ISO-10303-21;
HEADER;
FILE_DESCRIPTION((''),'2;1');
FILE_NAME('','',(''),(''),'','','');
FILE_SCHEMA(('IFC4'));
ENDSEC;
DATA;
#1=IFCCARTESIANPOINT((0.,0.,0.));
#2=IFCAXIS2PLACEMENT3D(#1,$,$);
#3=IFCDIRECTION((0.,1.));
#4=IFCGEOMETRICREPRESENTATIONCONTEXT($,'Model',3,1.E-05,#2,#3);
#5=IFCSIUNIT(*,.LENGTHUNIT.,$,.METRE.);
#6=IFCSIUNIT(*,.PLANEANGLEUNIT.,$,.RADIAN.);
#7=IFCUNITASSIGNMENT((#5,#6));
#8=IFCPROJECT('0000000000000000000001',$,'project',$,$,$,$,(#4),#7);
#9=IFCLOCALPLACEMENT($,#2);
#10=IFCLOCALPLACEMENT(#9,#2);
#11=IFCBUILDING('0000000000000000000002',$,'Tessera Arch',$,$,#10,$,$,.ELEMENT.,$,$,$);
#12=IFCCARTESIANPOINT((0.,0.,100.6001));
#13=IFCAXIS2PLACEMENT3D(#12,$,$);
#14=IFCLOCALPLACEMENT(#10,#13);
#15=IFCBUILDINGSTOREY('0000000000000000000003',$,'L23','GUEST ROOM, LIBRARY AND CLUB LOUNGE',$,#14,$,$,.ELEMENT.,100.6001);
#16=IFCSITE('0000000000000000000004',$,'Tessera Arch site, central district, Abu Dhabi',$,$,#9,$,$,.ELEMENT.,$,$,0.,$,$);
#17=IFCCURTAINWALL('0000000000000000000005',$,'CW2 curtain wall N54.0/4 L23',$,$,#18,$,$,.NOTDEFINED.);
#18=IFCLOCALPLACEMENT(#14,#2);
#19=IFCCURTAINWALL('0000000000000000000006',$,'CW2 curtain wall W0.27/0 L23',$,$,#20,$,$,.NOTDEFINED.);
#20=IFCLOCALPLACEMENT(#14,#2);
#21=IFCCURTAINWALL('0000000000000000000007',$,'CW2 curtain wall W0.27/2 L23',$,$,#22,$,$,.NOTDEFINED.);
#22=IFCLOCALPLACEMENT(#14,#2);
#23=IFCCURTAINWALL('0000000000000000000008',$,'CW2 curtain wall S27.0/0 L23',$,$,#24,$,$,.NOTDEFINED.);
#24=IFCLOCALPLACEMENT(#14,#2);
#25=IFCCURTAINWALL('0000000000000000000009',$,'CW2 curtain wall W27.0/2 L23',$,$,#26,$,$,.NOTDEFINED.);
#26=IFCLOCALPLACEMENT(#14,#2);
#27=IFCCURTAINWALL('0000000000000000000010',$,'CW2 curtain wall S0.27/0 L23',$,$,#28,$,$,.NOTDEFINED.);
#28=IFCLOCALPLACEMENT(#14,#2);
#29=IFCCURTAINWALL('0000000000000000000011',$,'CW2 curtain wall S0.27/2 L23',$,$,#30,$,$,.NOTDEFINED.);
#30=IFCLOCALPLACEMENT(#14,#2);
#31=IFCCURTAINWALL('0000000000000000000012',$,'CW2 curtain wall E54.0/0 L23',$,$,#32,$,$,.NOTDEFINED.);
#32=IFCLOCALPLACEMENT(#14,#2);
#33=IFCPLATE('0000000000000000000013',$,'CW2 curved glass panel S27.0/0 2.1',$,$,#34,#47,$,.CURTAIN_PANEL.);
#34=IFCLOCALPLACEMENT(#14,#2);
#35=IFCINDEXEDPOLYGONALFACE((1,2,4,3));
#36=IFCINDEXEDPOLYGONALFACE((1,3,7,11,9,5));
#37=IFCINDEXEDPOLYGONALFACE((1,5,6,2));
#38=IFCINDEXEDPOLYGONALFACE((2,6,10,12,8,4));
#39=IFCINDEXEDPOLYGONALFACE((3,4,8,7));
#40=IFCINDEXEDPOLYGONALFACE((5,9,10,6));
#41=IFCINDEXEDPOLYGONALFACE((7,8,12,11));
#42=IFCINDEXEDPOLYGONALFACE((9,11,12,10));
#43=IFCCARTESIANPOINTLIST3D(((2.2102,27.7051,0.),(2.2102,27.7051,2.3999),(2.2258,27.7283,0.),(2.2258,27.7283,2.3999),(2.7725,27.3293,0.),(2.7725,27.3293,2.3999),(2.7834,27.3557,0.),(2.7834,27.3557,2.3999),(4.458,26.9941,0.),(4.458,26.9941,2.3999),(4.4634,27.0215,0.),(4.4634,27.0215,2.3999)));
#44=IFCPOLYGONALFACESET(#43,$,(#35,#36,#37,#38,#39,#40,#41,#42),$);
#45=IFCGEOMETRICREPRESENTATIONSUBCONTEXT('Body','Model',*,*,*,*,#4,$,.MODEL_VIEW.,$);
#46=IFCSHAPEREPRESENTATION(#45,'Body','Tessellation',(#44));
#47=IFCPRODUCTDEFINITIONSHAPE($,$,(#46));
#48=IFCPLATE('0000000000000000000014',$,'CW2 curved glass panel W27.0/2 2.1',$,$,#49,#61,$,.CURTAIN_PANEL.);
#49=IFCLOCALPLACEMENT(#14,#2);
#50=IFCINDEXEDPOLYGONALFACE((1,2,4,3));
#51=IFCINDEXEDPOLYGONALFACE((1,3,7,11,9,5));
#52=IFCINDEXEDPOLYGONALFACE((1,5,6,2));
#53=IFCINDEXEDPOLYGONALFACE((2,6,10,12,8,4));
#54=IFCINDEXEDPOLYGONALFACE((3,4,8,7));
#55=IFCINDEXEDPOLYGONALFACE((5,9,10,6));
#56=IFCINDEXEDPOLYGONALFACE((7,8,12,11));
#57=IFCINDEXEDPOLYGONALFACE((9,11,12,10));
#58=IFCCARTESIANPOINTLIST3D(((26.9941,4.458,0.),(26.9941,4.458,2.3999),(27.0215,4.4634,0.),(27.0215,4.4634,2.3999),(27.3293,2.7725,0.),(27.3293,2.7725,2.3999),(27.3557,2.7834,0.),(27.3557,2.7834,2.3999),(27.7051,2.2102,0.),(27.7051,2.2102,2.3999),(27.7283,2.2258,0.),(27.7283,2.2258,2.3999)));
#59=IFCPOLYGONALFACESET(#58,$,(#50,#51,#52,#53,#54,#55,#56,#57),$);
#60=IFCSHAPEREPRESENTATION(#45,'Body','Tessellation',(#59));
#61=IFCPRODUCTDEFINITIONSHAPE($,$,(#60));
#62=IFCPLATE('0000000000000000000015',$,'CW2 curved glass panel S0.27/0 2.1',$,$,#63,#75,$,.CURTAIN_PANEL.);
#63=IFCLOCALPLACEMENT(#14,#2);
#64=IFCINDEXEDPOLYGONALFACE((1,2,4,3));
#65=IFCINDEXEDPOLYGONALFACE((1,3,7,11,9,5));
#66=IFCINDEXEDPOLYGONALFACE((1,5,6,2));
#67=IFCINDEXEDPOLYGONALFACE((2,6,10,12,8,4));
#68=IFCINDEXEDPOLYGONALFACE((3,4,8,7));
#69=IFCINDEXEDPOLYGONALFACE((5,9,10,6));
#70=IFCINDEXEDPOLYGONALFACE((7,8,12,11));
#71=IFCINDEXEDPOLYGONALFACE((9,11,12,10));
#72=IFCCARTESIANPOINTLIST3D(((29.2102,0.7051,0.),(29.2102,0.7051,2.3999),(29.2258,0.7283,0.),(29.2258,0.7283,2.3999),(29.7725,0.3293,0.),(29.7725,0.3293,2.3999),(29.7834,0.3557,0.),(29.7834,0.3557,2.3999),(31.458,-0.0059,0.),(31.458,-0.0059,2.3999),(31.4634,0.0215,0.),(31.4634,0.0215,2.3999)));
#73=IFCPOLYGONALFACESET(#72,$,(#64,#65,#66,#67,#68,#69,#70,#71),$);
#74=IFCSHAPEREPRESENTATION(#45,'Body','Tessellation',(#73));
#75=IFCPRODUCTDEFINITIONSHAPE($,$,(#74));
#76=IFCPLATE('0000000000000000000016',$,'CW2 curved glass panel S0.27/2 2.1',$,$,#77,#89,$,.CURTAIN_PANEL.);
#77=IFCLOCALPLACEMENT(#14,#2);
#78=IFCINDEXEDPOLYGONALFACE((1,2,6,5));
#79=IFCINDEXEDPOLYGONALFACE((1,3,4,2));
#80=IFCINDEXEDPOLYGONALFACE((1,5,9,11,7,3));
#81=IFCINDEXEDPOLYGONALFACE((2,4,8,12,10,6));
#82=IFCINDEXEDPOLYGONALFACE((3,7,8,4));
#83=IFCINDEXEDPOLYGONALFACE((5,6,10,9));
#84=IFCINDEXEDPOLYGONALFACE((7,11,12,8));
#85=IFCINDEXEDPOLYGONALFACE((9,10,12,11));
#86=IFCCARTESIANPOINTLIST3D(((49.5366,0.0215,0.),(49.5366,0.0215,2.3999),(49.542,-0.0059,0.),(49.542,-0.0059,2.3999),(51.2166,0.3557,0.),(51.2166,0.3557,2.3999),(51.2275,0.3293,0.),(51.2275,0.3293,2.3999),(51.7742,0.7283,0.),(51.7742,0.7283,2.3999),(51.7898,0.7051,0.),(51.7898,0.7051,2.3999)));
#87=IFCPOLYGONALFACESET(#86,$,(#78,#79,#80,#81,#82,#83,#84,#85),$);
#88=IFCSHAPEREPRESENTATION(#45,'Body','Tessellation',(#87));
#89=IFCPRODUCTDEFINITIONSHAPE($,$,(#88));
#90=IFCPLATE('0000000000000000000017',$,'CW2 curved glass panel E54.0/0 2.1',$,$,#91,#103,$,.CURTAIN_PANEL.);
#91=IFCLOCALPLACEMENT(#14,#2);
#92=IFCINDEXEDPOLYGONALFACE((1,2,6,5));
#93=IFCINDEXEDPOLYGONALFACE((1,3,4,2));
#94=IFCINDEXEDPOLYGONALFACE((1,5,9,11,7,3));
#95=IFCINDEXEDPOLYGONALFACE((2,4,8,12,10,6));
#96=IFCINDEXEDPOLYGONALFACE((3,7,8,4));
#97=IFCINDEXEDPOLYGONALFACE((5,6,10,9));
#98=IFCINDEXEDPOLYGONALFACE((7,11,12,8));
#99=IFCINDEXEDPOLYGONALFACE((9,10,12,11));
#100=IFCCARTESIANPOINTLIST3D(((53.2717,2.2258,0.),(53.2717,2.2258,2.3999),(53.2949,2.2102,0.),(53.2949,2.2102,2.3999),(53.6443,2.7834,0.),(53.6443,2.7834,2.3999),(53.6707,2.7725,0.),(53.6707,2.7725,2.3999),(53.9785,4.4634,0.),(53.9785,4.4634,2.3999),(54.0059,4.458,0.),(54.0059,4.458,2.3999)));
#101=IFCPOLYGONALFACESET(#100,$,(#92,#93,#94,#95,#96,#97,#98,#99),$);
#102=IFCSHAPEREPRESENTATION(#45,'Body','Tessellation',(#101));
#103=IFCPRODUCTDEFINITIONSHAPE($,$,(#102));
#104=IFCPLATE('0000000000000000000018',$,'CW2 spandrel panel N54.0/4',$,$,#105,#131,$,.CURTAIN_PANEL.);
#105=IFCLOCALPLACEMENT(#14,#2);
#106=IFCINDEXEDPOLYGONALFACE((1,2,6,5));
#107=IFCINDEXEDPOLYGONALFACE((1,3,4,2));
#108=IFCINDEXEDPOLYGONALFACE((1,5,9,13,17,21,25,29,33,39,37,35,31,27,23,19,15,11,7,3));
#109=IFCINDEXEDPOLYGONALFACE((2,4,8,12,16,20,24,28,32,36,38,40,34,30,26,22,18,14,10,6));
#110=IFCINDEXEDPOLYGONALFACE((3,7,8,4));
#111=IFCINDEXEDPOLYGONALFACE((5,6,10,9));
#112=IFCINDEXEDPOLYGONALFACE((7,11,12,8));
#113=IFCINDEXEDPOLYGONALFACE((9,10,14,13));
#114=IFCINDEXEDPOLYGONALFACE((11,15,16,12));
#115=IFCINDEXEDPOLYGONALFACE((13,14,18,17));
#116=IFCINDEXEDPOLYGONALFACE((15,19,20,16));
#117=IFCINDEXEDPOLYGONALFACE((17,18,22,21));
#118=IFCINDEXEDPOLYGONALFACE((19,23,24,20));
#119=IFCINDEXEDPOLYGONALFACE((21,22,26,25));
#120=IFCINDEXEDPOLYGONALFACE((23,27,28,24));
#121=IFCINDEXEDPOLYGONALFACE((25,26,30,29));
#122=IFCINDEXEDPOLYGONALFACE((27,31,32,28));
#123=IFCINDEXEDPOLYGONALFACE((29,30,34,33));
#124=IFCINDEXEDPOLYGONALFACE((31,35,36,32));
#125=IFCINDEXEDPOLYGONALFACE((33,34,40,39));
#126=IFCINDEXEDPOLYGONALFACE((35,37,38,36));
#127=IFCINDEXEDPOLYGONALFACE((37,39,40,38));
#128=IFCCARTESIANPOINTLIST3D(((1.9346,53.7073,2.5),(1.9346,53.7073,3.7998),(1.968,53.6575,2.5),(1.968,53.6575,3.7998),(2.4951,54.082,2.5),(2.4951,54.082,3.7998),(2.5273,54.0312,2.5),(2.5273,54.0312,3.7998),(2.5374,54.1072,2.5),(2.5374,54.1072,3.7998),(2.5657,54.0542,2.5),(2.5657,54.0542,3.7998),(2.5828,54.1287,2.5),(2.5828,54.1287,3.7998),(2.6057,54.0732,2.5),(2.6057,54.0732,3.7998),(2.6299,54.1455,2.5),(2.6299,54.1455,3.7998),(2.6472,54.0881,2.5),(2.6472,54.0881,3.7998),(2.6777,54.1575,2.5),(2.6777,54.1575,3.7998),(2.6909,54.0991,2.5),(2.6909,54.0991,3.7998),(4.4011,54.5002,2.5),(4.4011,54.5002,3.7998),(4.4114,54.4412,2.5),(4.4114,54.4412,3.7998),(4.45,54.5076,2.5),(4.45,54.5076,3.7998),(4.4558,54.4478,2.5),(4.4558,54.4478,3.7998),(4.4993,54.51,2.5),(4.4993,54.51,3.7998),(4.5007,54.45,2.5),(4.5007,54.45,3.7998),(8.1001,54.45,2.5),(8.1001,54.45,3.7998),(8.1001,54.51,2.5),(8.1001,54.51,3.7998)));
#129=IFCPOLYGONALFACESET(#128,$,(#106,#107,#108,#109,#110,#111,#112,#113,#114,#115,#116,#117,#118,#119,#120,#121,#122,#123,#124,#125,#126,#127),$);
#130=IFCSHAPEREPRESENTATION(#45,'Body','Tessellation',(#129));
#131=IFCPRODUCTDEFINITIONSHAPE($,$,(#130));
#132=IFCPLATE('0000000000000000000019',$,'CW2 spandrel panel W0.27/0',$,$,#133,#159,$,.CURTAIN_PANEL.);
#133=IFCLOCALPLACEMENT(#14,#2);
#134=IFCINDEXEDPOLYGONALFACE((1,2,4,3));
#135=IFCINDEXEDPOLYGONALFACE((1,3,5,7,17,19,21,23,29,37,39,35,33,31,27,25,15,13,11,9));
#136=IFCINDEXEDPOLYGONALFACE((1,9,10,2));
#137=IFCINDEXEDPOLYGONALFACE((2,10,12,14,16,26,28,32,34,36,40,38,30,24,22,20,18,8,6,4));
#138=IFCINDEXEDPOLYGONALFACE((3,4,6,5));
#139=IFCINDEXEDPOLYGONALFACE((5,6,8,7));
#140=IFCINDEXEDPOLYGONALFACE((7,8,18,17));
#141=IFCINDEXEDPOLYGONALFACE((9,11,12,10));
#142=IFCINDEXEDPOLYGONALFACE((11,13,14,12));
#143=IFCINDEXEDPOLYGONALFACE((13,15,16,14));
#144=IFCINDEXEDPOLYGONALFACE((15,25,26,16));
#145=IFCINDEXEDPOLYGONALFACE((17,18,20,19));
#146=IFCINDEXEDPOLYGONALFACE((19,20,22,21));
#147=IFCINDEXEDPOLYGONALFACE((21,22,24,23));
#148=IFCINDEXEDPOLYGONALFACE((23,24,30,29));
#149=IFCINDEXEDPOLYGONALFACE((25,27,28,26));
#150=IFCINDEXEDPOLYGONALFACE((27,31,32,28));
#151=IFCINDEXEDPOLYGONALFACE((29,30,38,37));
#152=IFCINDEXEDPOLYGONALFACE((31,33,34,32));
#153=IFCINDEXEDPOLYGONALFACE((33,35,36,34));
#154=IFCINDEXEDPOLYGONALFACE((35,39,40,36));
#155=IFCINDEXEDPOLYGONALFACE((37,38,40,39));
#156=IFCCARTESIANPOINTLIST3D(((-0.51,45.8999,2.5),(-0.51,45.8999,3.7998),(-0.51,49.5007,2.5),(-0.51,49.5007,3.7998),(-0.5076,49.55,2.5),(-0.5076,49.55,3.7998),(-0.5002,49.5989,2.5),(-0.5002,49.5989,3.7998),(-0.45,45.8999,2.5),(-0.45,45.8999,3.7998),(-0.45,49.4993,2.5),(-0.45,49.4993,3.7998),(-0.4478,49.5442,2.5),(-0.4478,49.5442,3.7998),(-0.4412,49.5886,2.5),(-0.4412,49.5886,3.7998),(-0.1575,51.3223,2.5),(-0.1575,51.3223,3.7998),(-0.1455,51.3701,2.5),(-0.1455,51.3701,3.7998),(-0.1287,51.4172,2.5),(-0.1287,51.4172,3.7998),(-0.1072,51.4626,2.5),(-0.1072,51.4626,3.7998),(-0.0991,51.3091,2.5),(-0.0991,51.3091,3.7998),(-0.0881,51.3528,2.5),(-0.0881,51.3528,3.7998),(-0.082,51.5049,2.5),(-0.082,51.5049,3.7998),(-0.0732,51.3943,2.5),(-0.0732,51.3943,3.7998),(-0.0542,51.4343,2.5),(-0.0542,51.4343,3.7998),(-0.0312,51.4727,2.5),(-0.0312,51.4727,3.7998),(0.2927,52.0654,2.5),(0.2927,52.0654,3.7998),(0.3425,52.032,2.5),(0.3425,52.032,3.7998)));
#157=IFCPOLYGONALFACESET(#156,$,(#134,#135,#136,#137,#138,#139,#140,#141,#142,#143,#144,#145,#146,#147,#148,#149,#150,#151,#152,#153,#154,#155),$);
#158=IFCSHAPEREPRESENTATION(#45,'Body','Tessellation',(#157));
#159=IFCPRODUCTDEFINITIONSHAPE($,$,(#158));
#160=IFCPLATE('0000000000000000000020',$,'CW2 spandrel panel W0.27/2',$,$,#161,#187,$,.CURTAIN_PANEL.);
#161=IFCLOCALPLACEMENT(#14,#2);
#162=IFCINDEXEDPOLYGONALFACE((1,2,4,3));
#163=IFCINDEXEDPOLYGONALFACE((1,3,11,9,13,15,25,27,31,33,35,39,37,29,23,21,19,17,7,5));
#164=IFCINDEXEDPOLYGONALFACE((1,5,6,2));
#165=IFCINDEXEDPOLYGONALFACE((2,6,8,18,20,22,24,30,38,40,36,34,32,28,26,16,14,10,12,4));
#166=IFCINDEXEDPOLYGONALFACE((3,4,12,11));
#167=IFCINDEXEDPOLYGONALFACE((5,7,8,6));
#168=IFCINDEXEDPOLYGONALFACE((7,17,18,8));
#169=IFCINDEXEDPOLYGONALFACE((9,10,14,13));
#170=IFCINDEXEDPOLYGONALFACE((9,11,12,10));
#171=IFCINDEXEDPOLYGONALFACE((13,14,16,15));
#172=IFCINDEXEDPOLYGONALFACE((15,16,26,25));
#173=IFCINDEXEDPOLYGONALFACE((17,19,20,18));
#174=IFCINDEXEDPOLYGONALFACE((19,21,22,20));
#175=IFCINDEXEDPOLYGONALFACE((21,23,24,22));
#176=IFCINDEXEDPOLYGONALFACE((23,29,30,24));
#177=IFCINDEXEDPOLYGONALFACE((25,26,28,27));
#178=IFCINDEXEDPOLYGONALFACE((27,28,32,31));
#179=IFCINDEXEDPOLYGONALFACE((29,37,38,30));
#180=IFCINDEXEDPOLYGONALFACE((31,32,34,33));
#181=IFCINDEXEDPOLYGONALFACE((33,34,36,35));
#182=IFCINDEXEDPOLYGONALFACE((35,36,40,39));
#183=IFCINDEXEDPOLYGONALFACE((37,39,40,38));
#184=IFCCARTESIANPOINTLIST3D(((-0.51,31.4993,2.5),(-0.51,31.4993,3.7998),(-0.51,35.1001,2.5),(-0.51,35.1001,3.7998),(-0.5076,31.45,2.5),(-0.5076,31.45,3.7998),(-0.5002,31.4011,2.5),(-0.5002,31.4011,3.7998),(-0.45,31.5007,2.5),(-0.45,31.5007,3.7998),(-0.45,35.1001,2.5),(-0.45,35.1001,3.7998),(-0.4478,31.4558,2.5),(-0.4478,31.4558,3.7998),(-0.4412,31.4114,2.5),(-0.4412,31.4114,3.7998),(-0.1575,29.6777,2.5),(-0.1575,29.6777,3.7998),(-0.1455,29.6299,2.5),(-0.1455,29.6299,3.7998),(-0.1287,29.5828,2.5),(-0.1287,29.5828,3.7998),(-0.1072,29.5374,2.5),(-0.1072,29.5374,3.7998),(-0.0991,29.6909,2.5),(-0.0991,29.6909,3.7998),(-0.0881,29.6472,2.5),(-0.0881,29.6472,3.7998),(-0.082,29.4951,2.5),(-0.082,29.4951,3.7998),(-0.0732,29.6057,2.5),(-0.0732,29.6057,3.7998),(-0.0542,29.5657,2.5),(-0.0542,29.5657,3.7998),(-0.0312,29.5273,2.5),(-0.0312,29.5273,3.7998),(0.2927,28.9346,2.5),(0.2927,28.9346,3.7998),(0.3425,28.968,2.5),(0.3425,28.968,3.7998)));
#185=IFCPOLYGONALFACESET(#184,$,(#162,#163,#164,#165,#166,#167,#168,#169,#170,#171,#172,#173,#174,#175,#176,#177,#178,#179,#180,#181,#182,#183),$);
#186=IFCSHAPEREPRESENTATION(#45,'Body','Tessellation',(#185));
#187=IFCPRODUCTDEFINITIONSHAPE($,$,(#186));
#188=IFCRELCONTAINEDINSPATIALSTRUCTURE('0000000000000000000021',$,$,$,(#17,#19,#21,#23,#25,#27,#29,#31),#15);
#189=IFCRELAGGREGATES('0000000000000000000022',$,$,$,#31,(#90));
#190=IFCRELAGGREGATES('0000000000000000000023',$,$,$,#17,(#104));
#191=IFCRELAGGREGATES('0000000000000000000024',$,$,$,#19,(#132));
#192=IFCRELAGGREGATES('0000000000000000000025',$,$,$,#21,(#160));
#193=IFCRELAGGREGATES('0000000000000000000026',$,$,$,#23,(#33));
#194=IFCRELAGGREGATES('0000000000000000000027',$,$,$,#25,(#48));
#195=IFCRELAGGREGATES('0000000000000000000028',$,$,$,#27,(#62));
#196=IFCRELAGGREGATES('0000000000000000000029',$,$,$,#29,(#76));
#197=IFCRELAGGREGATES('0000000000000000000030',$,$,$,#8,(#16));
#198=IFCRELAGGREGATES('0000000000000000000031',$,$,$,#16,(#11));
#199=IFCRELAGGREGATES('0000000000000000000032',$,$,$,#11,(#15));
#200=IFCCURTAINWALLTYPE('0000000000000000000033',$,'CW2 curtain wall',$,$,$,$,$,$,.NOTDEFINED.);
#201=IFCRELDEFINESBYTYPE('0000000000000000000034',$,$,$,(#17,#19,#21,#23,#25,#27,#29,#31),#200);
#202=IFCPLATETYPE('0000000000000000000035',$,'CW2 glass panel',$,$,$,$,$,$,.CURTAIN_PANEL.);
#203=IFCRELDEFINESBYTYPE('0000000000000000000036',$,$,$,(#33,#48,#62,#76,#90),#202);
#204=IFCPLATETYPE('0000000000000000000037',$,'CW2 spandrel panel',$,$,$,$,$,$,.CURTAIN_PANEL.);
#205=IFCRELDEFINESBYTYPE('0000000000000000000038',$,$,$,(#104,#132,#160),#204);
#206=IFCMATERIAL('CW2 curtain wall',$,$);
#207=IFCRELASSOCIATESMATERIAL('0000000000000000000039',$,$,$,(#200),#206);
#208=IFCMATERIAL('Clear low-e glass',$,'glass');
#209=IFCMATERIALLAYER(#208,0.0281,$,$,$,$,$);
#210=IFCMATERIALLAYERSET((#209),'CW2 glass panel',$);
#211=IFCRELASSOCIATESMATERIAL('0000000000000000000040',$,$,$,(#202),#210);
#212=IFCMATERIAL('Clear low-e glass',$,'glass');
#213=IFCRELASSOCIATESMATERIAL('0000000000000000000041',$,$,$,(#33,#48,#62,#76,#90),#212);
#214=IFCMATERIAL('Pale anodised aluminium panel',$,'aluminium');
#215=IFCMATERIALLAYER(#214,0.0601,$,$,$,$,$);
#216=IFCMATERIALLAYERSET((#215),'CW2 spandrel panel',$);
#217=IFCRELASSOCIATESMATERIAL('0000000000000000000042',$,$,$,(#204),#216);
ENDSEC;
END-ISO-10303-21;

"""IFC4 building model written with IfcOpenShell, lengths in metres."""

from ifc_helpers import new_model, si_unit, direction, frame, origin, place, context, subcontext, project, spatial, polyline, outline, extrude, material, layer, layer_set, type_object, element, aggregate, save


model = new_model("IFC4")

# Units and contexts
model_context = context("Model", 3, precision=1e-05, world=origin(), true_north=direction((0.0, 1.0)))
body_context = subcontext(model_context, "Body", "Model", "MODEL_VIEW")
ifc_project = project(units=[si_unit("LENGTHUNIT", "METRE"), si_unit("PLANEANGLEUNIT", "RADIAN")], contexts=[model_context])

# Site, building, storey
site_placement = place(None, origin())
site = spatial("IfcSite", under=ifc_project, at=site_placement, Name="Tessera Arch site, central district, Abu Dhabi", CompositionType="ELEMENT", RefElevation=0.0)
building_placement = place(site_placement, origin())
building = spatial("IfcBuilding", under=site, at=building_placement, Name="Tessera Arch", CompositionType="ELEMENT")
storey_placement = place(building_placement, frame((0.0, 0.0, 100.6001)))
storey = spatial("IfcBuildingStorey", under=building, at=storey_placement, Name="L23", Description="GUEST ROOM, LIBRARY AND CLUB LOUNGE", CompositionType="ELEMENT", Elevation=100.6001)

# Curtain walls
ifc_material_1 = material(Name="CW2 curtain wall")
curtain_wall_type = type_object("IfcCurtainWallType", Name="CW2 curtain wall", PredefinedType="NOTDEFINED", material=ifc_material_1)
curtain_wall_1_placement = place(storey_placement, origin())
curtain_wall_1 = element("IfcCurtainWall", 1, at=curtain_wall_1_placement, inside=storey, type_object=curtain_wall_type, Name="CW2 curtain wall N54.0/4 L23", PredefinedType="NOTDEFINED")
curtain_wall_2_placement = place(storey_placement, origin())
curtain_wall_2 = element("IfcCurtainWall", 2, at=curtain_wall_2_placement, inside=storey, type_object=curtain_wall_type, Name="CW2 curtain wall W0.27/0 L23", PredefinedType="NOTDEFINED")
curtain_wall_3_placement = place(storey_placement, origin())
curtain_wall_3 = element("IfcCurtainWall", 3, at=curtain_wall_3_placement, inside=storey, type_object=curtain_wall_type, Name="CW2 curtain wall W0.27/2 L23", PredefinedType="NOTDEFINED")
curtain_wall_4_placement = place(storey_placement, origin())
curtain_wall_4 = element("IfcCurtainWall", 4, at=curtain_wall_4_placement, inside=storey, type_object=curtain_wall_type, Name="CW2 curtain wall S27.0/0 L23", PredefinedType="NOTDEFINED")
curtain_wall_5_placement = place(storey_placement, origin())
curtain_wall_5 = element("IfcCurtainWall", 5, at=curtain_wall_5_placement, inside=storey, type_object=curtain_wall_type, Name="CW2 curtain wall W27.0/2 L23", PredefinedType="NOTDEFINED")
curtain_wall_6_placement = place(storey_placement, origin())
curtain_wall_6 = element("IfcCurtainWall", 6, at=curtain_wall_6_placement, inside=storey, type_object=curtain_wall_type, Name="CW2 curtain wall S0.27/0 L23", PredefinedType="NOTDEFINED")
curtain_wall_7_placement = place(storey_placement, origin())
curtain_wall_7 = element("IfcCurtainWall", 7, at=curtain_wall_7_placement, inside=storey, type_object=curtain_wall_type, Name="CW2 curtain wall S0.27/2 L23", PredefinedType="NOTDEFINED")
curtain_wall_8_placement = place(storey_placement, origin())
curtain_wall_8 = element("IfcCurtainWall", 8, at=curtain_wall_8_placement, inside=storey, type_object=curtain_wall_type, Name="CW2 curtain wall E54.0/0 L23", PredefinedType="NOTDEFINED")

# Plates
ifc_material_2 = material(Name="Clear low-e glass", Category="glass")
ifc_material_3 = material(Name="Clear low-e glass", Category="glass")
ifc_layer_1 = layer(ifc_material_3, 0.0281)
ifc_layer_set_1 = layer_set([ifc_layer_1], Name="CW2 glass panel")
plate_type_1 = type_object("IfcPlateType", Name="CW2 glass panel", PredefinedType="CURTAIN_PANEL", material=ifc_layer_set_1)
plate_1_placement = place(storey_placement, origin())
plate_1 = element("IfcPlate", 9, at=plate_1_placement, type_object=plate_type_1, material=ifc_material_2, Name="CW2 curved glass panel S27.0/0 2.1", PredefinedType="CURTAIN_PANEL", context=body_context, shape_type="SweptSolid", body=[
    extrude(outline(polyline([(2.7834, 27.3557), (2.2258, 27.7283), (2.2102, 27.7051), (2.7725, 27.3293), (4.458, 26.9941), (4.4634, 27.0215), (2.7834, 27.3557)])), origin(), (0.0, 0.0, 1.0), 2.3999),
])
plate_2_placement = place(storey_placement, origin())
plate_2 = element("IfcPlate", 10, at=plate_2_placement, type_object=plate_type_1, material=ifc_material_2, Name="CW2 curved glass panel W27.0/2 2.1", PredefinedType="CURTAIN_PANEL", context=body_context, shape_type="SweptSolid", body=[
    extrude(outline(polyline([(27.3557, 2.7834), (27.0215, 4.4634), (26.9941, 4.458), (27.3293, 2.7725), (27.7051, 2.2102), (27.7283, 2.2258), (27.3557, 2.7834)])), origin(), (0.0, 0.0, 1.0), 2.3999),
])
plate_3_placement = place(storey_placement, origin())
plate_3 = element("IfcPlate", 11, at=plate_3_placement, type_object=plate_type_1, material=ifc_material_2, Name="CW2 curved glass panel S0.27/0 2.1", PredefinedType="CURTAIN_PANEL", context=body_context, shape_type="SweptSolid", body=[
    extrude(outline(polyline([(29.7834, 0.3557), (29.2258, 0.7283), (29.2102, 0.7051), (29.7725, 0.3293), (31.458, -0.0059), (31.4634, 0.0215), (29.7834, 0.3557)])), origin(), (0.0, 0.0, 1.0), 2.3999),
])
plate_4_placement = place(storey_placement, origin())
plate_4 = element("IfcPlate", 12, at=plate_4_placement, type_object=plate_type_1, material=ifc_material_2, Name="CW2 curved glass panel S0.27/2 2.1", PredefinedType="CURTAIN_PANEL", context=body_context, shape_type="SweptSolid", body=[
    extrude(outline(polyline([(51.2166, 0.3557), (49.5366, 0.0215), (49.542, -0.0059), (51.2275, 0.3293), (51.7898, 0.7051), (51.7742, 0.7283), (51.2166, 0.3557)])), origin(), (0.0, 0.0, 1.0), 2.3999),
])
plate_5_placement = place(storey_placement, origin())
plate_5 = element("IfcPlate", 13, at=plate_5_placement, type_object=plate_type_1, material=ifc_material_2, Name="CW2 curved glass panel E54.0/0 2.1", PredefinedType="CURTAIN_PANEL", context=body_context, shape_type="SweptSolid", body=[
    extrude(outline(polyline([(53.6443, 2.7834), (53.2717, 2.2258), (53.2949, 2.2102), (53.6707, 2.7725), (54.0059, 4.458), (53.9785, 4.4634), (53.6443, 2.7834)])), origin(), (0.0, 0.0, 1.0), 2.3999),
])
aggregate(curtain_wall_8, [plate_5])
ifc_material_4 = material(Name="Pale anodised aluminium panel", Category="aluminium")
ifc_layer_2 = layer(ifc_material_4, 0.0601)
ifc_layer_set_2 = layer_set([ifc_layer_2], Name="CW2 spandrel panel")
plate_type_2 = type_object("IfcPlateType", Name="CW2 spandrel panel", PredefinedType="CURTAIN_PANEL", material=ifc_layer_set_2)
plate_6_placement = place(storey_placement, frame((0.0, 0.0, 2.5)))
plate_6 = element("IfcPlate", 14, at=plate_6_placement, type_object=plate_type_2, Name="CW2 spandrel panel N54.0/4", PredefinedType="CURTAIN_PANEL", context=body_context, shape_type="SweptSolid", body=[
    extrude(outline(polyline([(4.5007, 54.45), (8.1001, 54.45), (8.1001, 54.51), (4.4993, 54.51), (4.45, 54.5076), (4.4011, 54.5002), (2.6777, 54.1575), (2.6299, 54.1455), (2.5828, 54.1287), (2.5374, 54.1072), (2.4951, 54.082), (1.9346, 53.7073), (1.968, 53.6575), (2.5273, 54.0312), (2.5657, 54.0542), (2.6057, 54.0732), (2.6472, 54.0881), (2.6909, 54.0991), (4.4114, 54.4412), (4.4558, 54.4478), (4.5007, 54.45)])), origin(), (0.0, 0.0, 1.0), 1.2998),
])
aggregate(curtain_wall_1, [plate_6])
plate_7_placement = place(storey_placement, frame((0.0, 0.0, 2.5)))
plate_7 = element("IfcPlate", 15, at=plate_7_placement, type_object=plate_type_2, Name="CW2 spandrel panel W0.27/0", PredefinedType="CURTAIN_PANEL", context=body_context, shape_type="SweptSolid", body=[
    extrude(outline(polyline([(-0.0312, 51.4727), (0.3425, 52.032), (0.2927, 52.0654), (-0.082, 51.5049), (-0.1072, 51.4626), (-0.1287, 51.4172), (-0.1455, 51.3701), (-0.1575, 51.3223), (-0.5002, 49.5989), (-0.5076, 49.55), (-0.51, 49.5007), (-0.51, 45.8999), (-0.45, 45.8999), (-0.45, 49.4993), (-0.4478, 49.5442), (-0.4412, 49.5886), (-0.0991, 51.3091), (-0.0881, 51.3528), (-0.0732, 51.3943), (-0.0542, 51.4343), (-0.0312, 51.4727)])), origin(), (0.0, 0.0, 1.0), 1.2998),
])
aggregate(curtain_wall_2, [plate_7])
plate_8_placement = place(storey_placement, frame((0.0, 0.0, 2.5)))
plate_8 = element("IfcPlate", 16, at=plate_8_placement, type_object=plate_type_2, Name="CW2 spandrel panel W0.27/2", PredefinedType="CURTAIN_PANEL", context=body_context, shape_type="SweptSolid", body=[
    extrude(outline(polyline([(-0.45, 31.5007), (-0.45, 35.1001), (-0.51, 35.1001), (-0.51, 31.4993), (-0.5076, 31.45), (-0.5002, 31.4011), (-0.1575, 29.6777), (-0.1455, 29.6299), (-0.1287, 29.5828), (-0.1072, 29.5374), (-0.082, 29.4951), (0.2927, 28.9346), (0.3425, 28.968), (-0.0312, 29.5273), (-0.0542, 29.5657), (-0.0732, 29.6057), (-0.0881, 29.6472), (-0.0991, 29.6909), (-0.4412, 31.4114), (-0.4478, 31.4558), (-0.45, 31.5007)])), origin(), (0.0, 0.0, 1.0), 1.2998),
])
aggregate(curtain_wall_3, [plate_8])
aggregate(curtain_wall_4, [plate_1])
aggregate(curtain_wall_5, [plate_2])
aggregate(curtain_wall_6, [plate_3])
aggregate(curtain_wall_7, [plate_4])

save(model, "model.ifc")
